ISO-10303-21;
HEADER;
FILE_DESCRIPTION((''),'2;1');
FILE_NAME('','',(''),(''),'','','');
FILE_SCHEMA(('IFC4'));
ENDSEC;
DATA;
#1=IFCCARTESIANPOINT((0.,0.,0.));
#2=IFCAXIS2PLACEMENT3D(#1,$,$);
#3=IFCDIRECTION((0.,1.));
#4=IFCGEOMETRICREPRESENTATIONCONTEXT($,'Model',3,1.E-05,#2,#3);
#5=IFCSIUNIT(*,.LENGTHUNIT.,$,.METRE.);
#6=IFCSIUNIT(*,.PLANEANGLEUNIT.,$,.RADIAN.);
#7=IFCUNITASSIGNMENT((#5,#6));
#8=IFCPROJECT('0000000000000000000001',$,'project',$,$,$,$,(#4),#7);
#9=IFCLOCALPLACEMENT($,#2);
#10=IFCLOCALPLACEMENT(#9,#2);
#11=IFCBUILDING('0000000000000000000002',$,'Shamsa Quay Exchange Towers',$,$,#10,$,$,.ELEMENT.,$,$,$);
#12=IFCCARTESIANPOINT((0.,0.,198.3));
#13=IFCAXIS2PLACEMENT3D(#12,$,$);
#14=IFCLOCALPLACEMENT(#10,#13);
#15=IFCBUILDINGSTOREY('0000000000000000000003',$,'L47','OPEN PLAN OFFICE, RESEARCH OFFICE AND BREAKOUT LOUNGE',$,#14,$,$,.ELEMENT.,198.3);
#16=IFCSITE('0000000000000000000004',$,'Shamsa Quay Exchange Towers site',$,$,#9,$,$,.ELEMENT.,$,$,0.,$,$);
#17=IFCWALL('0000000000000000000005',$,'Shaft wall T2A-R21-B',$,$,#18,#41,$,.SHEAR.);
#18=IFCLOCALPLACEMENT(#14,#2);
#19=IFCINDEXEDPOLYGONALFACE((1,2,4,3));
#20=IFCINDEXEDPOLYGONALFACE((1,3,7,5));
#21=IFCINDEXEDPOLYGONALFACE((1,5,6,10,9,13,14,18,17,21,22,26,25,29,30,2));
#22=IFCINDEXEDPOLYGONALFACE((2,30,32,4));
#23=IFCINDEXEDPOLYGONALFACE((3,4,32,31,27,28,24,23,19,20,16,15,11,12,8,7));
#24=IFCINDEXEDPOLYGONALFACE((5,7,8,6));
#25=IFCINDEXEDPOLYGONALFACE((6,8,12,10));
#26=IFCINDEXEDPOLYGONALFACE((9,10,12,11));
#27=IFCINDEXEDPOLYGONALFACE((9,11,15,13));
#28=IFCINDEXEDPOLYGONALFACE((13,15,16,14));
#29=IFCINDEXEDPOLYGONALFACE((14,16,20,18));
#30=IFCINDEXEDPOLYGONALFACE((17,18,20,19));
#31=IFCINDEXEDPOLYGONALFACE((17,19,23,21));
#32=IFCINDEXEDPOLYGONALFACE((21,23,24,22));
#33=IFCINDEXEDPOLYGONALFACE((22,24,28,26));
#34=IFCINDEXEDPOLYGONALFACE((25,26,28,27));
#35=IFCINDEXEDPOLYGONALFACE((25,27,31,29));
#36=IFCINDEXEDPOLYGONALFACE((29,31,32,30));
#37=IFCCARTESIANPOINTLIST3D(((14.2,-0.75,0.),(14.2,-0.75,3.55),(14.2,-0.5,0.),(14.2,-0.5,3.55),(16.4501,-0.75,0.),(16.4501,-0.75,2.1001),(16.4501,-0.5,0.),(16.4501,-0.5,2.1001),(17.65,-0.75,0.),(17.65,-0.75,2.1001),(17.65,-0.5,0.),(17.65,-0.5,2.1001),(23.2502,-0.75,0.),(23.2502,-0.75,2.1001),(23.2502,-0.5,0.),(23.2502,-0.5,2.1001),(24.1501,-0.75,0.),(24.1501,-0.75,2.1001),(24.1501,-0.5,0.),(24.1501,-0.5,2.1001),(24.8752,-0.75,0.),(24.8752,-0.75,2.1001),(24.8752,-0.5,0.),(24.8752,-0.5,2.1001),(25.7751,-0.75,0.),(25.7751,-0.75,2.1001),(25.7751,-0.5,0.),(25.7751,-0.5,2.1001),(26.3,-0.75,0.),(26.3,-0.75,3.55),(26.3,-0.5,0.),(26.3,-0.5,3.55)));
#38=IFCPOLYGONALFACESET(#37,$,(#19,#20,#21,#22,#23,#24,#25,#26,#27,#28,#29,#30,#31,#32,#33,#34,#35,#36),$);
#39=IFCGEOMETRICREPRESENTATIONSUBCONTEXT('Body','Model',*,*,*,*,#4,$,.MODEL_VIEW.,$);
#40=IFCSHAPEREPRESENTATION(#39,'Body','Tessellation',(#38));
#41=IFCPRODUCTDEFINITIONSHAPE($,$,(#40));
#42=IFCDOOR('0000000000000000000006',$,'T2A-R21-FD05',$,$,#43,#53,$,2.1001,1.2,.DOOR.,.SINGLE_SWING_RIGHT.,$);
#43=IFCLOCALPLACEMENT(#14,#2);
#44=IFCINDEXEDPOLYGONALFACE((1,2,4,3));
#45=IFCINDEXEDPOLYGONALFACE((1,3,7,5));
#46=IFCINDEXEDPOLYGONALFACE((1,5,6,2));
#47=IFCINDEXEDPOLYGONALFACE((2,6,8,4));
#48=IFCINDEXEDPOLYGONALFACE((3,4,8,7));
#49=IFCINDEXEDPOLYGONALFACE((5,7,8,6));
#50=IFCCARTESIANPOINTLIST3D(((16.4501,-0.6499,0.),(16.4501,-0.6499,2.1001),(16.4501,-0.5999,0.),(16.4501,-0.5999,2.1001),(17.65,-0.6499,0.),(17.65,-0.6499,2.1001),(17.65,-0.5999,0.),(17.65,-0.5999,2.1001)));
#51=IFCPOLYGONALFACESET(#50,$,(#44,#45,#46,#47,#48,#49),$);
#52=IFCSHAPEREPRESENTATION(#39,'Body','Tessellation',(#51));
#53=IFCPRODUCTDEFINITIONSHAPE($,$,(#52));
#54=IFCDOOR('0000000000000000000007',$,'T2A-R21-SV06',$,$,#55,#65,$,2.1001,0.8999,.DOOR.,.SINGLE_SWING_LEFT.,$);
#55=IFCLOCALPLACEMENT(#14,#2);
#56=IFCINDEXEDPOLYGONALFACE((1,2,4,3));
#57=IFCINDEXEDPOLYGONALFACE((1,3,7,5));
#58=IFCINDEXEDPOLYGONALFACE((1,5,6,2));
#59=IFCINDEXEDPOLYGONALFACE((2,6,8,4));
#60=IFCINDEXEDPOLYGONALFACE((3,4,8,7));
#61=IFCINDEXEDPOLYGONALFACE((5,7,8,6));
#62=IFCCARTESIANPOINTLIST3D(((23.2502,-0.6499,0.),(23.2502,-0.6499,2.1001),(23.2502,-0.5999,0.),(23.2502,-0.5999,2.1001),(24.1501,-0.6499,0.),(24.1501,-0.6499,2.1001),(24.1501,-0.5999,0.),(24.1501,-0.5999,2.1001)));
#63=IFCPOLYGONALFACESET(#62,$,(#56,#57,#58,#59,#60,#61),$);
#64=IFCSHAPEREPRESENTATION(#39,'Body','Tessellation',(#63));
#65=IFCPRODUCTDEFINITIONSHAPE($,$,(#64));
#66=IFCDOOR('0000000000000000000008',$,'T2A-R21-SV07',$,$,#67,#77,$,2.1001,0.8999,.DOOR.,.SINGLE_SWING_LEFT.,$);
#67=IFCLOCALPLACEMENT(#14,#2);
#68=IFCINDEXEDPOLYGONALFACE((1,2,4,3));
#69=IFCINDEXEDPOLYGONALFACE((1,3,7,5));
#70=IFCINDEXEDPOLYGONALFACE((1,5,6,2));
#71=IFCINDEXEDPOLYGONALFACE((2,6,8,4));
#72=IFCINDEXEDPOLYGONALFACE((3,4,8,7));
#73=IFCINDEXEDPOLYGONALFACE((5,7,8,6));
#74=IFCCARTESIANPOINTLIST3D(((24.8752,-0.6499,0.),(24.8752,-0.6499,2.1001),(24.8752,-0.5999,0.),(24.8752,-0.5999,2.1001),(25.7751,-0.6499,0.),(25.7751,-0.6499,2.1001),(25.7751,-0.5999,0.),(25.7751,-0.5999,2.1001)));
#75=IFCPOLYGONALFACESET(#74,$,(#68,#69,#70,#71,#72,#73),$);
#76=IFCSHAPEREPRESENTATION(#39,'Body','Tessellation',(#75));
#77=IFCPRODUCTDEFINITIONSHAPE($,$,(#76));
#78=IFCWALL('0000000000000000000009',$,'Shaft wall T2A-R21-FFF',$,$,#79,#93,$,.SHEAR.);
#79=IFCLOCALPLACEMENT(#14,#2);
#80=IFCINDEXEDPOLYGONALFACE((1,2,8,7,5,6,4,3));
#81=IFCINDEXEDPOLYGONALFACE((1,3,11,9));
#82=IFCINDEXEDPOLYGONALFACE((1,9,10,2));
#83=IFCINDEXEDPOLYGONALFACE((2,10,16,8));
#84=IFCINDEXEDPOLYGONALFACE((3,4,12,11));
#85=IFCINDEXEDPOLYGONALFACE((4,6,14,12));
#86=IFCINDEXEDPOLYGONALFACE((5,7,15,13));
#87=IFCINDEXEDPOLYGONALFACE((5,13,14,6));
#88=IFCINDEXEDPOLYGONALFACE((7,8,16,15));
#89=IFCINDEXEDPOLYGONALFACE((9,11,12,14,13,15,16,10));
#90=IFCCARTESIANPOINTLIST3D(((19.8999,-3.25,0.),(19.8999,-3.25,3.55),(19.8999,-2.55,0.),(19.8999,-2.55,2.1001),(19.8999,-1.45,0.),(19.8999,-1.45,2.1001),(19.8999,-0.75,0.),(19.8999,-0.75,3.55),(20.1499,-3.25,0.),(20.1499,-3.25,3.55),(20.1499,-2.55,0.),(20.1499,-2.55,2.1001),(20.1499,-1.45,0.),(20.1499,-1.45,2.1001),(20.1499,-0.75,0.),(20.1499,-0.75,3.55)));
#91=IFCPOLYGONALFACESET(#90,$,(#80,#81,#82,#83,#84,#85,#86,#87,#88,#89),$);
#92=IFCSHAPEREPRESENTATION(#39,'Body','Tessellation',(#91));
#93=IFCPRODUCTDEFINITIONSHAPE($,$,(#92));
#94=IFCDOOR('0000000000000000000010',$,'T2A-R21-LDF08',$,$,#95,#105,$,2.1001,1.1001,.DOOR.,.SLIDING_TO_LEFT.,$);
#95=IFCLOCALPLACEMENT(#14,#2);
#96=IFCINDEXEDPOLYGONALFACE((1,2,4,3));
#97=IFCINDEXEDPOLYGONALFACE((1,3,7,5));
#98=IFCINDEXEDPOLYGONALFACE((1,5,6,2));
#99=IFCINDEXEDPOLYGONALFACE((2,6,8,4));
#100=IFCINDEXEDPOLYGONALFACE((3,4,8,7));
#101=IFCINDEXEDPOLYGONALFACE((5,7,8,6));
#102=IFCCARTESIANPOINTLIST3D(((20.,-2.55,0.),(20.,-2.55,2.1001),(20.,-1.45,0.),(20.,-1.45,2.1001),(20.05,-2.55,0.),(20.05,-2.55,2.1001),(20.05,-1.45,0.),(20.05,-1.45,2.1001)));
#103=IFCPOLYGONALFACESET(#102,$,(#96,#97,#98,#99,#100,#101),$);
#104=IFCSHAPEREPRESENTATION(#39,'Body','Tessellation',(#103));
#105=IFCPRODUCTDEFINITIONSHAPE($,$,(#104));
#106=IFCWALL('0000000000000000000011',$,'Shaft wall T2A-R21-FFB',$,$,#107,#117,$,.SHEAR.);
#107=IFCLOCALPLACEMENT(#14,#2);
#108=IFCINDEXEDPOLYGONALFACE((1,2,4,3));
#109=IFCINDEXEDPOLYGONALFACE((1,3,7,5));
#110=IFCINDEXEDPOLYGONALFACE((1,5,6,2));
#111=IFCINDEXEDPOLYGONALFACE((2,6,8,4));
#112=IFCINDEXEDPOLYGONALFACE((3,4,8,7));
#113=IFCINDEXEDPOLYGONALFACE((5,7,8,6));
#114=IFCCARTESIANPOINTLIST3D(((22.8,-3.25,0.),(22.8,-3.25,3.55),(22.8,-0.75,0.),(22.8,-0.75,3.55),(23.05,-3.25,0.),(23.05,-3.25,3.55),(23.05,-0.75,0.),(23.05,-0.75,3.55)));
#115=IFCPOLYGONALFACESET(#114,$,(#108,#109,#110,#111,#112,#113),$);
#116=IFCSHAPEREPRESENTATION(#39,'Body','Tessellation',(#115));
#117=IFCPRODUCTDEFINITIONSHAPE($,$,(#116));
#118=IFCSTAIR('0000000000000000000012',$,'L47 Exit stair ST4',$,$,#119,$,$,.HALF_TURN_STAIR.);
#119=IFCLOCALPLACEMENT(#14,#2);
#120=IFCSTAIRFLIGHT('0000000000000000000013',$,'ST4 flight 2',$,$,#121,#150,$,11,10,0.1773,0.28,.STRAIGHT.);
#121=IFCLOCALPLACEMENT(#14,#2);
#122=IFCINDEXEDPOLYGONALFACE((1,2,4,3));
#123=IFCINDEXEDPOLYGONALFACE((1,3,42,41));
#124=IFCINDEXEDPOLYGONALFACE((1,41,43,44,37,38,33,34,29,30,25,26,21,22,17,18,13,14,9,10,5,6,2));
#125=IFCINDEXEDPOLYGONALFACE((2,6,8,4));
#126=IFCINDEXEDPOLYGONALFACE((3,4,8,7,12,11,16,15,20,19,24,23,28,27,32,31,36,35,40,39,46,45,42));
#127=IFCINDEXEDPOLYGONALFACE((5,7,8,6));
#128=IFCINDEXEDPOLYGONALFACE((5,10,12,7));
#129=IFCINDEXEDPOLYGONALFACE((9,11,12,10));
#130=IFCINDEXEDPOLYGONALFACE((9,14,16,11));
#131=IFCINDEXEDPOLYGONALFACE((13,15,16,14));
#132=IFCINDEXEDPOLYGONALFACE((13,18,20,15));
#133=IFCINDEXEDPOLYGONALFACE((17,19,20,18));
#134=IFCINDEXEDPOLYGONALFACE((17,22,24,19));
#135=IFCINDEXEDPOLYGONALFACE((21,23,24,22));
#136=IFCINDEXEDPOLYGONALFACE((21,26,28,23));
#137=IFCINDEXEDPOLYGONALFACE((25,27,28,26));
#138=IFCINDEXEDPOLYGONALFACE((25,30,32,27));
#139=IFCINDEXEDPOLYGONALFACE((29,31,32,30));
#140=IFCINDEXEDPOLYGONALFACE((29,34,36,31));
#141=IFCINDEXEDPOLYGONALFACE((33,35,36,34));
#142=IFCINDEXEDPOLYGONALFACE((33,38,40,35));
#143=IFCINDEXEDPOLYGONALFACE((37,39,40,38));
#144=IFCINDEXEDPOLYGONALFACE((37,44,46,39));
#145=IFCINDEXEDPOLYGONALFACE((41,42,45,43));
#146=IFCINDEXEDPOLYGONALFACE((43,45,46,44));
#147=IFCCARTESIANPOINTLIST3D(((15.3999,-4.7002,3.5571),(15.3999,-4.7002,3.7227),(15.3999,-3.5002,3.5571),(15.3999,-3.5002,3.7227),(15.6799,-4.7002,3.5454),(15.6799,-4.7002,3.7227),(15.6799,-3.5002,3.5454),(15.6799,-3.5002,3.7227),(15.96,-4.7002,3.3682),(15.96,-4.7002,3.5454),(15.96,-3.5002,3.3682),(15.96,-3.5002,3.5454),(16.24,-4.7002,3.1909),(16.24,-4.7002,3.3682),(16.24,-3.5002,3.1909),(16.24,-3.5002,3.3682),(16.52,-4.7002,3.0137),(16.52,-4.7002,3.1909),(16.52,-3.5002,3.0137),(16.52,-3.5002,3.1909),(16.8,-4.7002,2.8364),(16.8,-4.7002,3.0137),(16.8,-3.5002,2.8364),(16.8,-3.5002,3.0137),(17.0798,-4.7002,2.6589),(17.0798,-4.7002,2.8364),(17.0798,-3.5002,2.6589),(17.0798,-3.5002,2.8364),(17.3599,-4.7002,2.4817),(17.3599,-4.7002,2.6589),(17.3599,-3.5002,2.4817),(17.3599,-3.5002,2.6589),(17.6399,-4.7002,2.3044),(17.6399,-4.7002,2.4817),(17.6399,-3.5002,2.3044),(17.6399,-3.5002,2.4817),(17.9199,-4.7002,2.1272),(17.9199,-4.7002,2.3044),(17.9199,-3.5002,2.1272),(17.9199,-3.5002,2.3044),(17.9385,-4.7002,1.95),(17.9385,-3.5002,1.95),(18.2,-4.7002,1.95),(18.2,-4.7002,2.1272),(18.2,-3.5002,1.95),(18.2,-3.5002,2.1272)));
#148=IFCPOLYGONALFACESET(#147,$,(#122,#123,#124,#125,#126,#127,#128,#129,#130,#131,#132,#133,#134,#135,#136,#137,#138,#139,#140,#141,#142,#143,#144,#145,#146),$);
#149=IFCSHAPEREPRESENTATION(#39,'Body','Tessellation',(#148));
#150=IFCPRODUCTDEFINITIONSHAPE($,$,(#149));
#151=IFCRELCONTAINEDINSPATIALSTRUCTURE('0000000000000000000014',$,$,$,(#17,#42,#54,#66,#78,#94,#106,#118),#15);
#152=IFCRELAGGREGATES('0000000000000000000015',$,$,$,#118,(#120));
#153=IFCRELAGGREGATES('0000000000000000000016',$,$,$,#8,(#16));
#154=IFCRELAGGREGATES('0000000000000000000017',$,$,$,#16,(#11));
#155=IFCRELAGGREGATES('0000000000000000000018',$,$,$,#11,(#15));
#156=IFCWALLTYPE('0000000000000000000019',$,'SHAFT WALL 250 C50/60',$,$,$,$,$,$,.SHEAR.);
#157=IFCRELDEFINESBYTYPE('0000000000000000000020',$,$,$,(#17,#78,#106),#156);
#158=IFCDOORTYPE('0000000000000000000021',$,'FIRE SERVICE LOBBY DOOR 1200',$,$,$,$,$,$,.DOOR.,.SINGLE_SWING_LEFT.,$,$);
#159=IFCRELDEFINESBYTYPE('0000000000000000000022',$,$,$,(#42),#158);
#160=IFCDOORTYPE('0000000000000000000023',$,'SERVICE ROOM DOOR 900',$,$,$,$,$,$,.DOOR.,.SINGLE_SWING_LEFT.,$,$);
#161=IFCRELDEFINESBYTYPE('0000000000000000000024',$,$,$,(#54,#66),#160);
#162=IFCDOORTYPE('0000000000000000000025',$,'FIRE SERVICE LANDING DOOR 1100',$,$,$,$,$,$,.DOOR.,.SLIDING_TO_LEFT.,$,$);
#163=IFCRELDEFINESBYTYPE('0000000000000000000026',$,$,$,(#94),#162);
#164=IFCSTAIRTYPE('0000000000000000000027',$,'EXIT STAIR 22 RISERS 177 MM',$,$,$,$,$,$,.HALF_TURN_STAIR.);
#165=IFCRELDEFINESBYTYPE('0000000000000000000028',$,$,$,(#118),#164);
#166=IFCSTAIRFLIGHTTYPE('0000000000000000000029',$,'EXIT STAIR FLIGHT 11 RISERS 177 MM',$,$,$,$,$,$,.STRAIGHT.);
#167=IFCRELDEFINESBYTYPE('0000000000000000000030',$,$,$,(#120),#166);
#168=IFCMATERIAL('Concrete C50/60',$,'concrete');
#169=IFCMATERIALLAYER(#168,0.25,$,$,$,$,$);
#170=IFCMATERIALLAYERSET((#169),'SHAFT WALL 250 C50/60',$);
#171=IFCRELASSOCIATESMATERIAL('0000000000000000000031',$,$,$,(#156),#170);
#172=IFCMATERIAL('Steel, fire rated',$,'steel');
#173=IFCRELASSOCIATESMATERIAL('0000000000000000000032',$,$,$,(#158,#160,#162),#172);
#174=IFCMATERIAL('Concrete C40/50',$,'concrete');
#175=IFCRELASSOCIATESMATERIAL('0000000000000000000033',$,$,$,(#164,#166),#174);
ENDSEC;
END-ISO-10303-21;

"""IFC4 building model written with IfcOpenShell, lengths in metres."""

from ifc_helpers import new_model, si_unit, direction, frame, frame_2d, origin, place, context, subcontext, project, spatial, polyline, rectangle, outline, extrude, material, layer, layer_set, type_object, element, fill, aggregate, save


model = new_model("IFC4")

# Units and contexts
model_context = context("Model", 3, precision=1e-05, world=origin(), true_north=direction((0.0, 1.0)))
body_context = subcontext(model_context, "Body", "Model", "MODEL_VIEW")
ifc_project = project(units=[si_unit("LENGTHUNIT", "METRE"), si_unit("PLANEANGLEUNIT", "RADIAN")], contexts=[model_context])

# Site, building, storey
site_placement = place(None, origin())
site = spatial("IfcSite", under=ifc_project, at=site_placement, Name="Shamsa Quay Exchange Towers site", CompositionType="ELEMENT", RefElevation=0.0)
building_placement = place(site_placement, origin())
building = spatial("IfcBuilding", under=site, at=building_placement, Name="Shamsa Quay Exchange Towers", CompositionType="ELEMENT")
storey_placement = place(building_placement, frame((0.0, 0.0, 198.3)))
storey = spatial("IfcBuildingStorey", under=building, at=storey_placement, Name="L47", Description="OPEN PLAN OFFICE, RESEARCH OFFICE AND BREAKOUT LOUNGE", CompositionType="ELEMENT", Elevation=198.3)

# Shared definitions
ifc_material_1 = material(Name="Concrete C50/60", Category="concrete")
ifc_layer_1 = layer(ifc_material_1, 0.25)
ifc_layer_set_1 = layer_set([ifc_layer_1], Name="SHAFT WALL 250 C50/60")
wall_type_1 = type_object("IfcWallType", Name="SHAFT WALL 250 C50/60", PredefinedType="SHEAR", material=ifc_layer_set_1)
ifc_material_2 = material(Name="Steel, fire rated", Category="steel")

# Wall, openings, doors
wall_1_placement = place(storey_placement, frame((26.3, -0.625, 0.0), z_axis=(0.0, 0.0, 1.0), x_axis=(-1.0, 0.0, 0.0)))
wall_1 = element("IfcWall", 1, at=wall_1_placement, inside=storey, type_object=wall_type_1, Name="Shaft wall T2A-R21-B", PredefinedType="SHEAR", context=body_context, shape_type="SweptSolid", body=[
    extrude(rectangle(XDim=12.1001, YDim=0.25, at=frame_2d((6.05, 0.0))), origin(), (0.0, 0.0, 1.0), 3.55),
])
opening_1_placement = place(wall_1_placement, frame((8.6499, 0.0, 0.0)))
opening_1 = element("IfcOpeningElement", 2, at=opening_1_placement, cuts=wall_1, PredefinedType="OPENING", context=body_context, shape_type="SweptSolid", body=[
    extrude(rectangle(XDim=1.2, YDim=2.1001, at=frame_2d((0.6001, 1.05))), frame((0.0, 0.135, 0.0), z_axis=(0.0, -1.0, 0.0), x_axis=(1.0, 0.0, 0.0)), (0.0, 0.0, 1.0), 0.27),
])
opening_2_placement = place(wall_1_placement, frame((2.1499, 0.0, 0.0)))
opening_2 = element("IfcOpeningElement", 3, at=opening_2_placement, cuts=wall_1, PredefinedType="OPENING", context=body_context, shape_type="SweptSolid", body=[
    extrude(rectangle(XDim=0.8999, YDim=2.1001, at=frame_2d((0.45, 1.05))), frame((0.0, 0.135, 0.0), z_axis=(0.0, -1.0, 0.0), x_axis=(1.0, 0.0, 0.0)), (0.0, 0.0, 1.0), 0.27),
])
opening_3_placement = place(wall_1_placement, frame((0.5249, 0.0, 0.0)))
opening_3 = element("IfcOpeningElement", 4, at=opening_3_placement, cuts=wall_1, PredefinedType="OPENING", context=body_context, shape_type="SweptSolid", body=[
    extrude(rectangle(XDim=0.8999, YDim=2.1001, at=frame_2d((0.45, 1.05))), frame((0.0, 0.135, 0.0), z_axis=(0.0, -1.0, 0.0), x_axis=(1.0, 0.0, 0.0)), (0.0, 0.0, 1.0), 0.27),
])
door_type_1 = type_object("IfcDoorType", Name="FIRE SERVICE LOBBY DOOR 1200", OperationType="SINGLE_SWING_LEFT", PredefinedType="DOOR", material=ifc_material_2)
door_1_placement = place(opening_1_placement, origin())
door_1 = element("IfcDoor", 5, at=door_1_placement, inside=storey, type_object=door_type_1, Name="T2A-R21-FD05", OperationType="SINGLE_SWING_RIGHT", OverallHeight=2.1001, OverallWidth=1.2, PredefinedType="DOOR", context=body_context, shape_type="SweptSolid", body=[
    extrude(rectangle(XDim=1.2, YDim=2.1001, at=frame_2d((0.6001, 1.05))), frame((0.0, 0.0249, 0.0), z_axis=(0.0, -1.0, 0.0), x_axis=(1.0, 0.0, 0.0)), (0.0, 0.0, 1.0), 0.05),
])
fill(opening_1, door_1)
door_type_2 = type_object("IfcDoorType", Name="SERVICE ROOM DOOR 900", OperationType="SINGLE_SWING_LEFT", PredefinedType="DOOR", material=ifc_material_2)
door_2_placement = place(opening_2_placement, origin())
door_2 = element("IfcDoor", 6, at=door_2_placement, inside=storey, type_object=door_type_2, Name="T2A-R21-SV06", OperationType="SINGLE_SWING_LEFT", OverallHeight=2.1001, OverallWidth=0.8999, PredefinedType="DOOR", context=body_context, shape_type="SweptSolid", body=[
    extrude(rectangle(XDim=0.8999, YDim=2.1001, at=frame_2d((0.45, 1.05))), frame((0.0, 0.0249, 0.0), z_axis=(0.0, -1.0, 0.0), x_axis=(1.0, 0.0, 0.0)), (0.0, 0.0, 1.0), 0.05),
])
fill(opening_2, door_2)
door_3_placement = place(opening_3_placement, origin())
door_3 = element("IfcDoor", 7, at=door_3_placement, inside=storey, type_object=door_type_2, Name="T2A-R21-SV07", OperationType="SINGLE_SWING_LEFT", OverallHeight=2.1001, OverallWidth=0.8999, PredefinedType="DOOR", context=body_context, shape_type="SweptSolid", body=[
    extrude(rectangle(XDim=0.8999, YDim=2.1001, at=frame_2d((0.45, 1.05))), frame((0.0, 0.0249, 0.0), z_axis=(0.0, -1.0, 0.0), x_axis=(1.0, 0.0, 0.0)), (0.0, 0.0, 1.0), 0.05),
])
fill(opening_3, door_3)

# Wall, opening, door
wall_2_placement = place(storey_placement, frame((20.0249, -3.25, 0.0), z_axis=(0.0, 0.0, 1.0), x_axis=(0.0, 1.0, 0.0)))
wall_2 = element("IfcWall", 8, at=wall_2_placement, inside=storey, type_object=wall_type_1, Name="Shaft wall T2A-R21-FFF", PredefinedType="SHEAR", context=body_context, shape_type="SweptSolid", body=[
    extrude(rectangle(XDim=2.5, YDim=0.25, at=frame_2d((1.25, 0.0))), origin(), (0.0, 0.0, 1.0), 3.55),
])
opening_4_placement = place(wall_2_placement, frame((0.7, 0.0, 0.0)))
opening_4 = element("IfcOpeningElement", 9, at=opening_4_placement, cuts=wall_2, PredefinedType="OPENING", context=body_context, shape_type="SweptSolid", body=[
    extrude(rectangle(XDim=1.1001, YDim=2.1001, at=frame_2d((0.55, 1.05))), frame((0.0, 0.135, 0.0), z_axis=(0.0, -1.0, 0.0), x_axis=(1.0, 0.0, 0.0)), (0.0, 0.0, 1.0), 0.27),
])
door_type_3 = type_object("IfcDoorType", Name="FIRE SERVICE LANDING DOOR 1100", OperationType="SLIDING_TO_LEFT", PredefinedType="DOOR", material=ifc_material_2)
door_4_placement = place(opening_4_placement, origin())
door_4 = element("IfcDoor", 10, at=door_4_placement, inside=storey, type_object=door_type_3, Name="T2A-R21-LDF08", OperationType="SLIDING_TO_LEFT", OverallHeight=2.1001, OverallWidth=1.1001, PredefinedType="DOOR", context=body_context, shape_type="SweptSolid", body=[
    extrude(rectangle(XDim=1.1001, YDim=2.1001, at=frame_2d((0.55, 1.05))), frame((0.0, 0.0249, 0.0), z_axis=(0.0, -1.0, 0.0), x_axis=(1.0, 0.0, 0.0)), (0.0, 0.0, 1.0), 0.05),
])
fill(opening_4, door_4)

# Wall
wall_3_placement = place(storey_placement, frame((22.925, -3.25, 0.0), z_axis=(0.0, 0.0, 1.0), x_axis=(0.0, 1.0, 0.0)))
element("IfcWall", 11, at=wall_3_placement, inside=storey, type_object=wall_type_1, Name="Shaft wall T2A-R21-FFB", PredefinedType="SHEAR", context=body_context, shape_type="SweptSolid", body=[
    extrude(rectangle(XDim=2.5, YDim=0.25, at=frame_2d((1.25, 0.0))), origin(), (0.0, 0.0, 1.0), 3.55),
])

# Stair, stair flight
ifc_material_3 = material(Name="Concrete C40/50", Category="concrete")
stair_type = type_object("IfcStairType", Name="EXIT STAIR 22 RISERS 177 MM", PredefinedType="HALF_TURN_STAIR", material=ifc_material_3)
stair_placement = place(storey_placement, origin())
stair = element("IfcStair", 12, at=stair_placement, inside=storey, type_object=stair_type, Name="L47 Exit stair ST4", PredefinedType="HALF_TURN_STAIR")
stair_flight_type = type_object("IfcStairFlightType", Name="EXIT STAIR FLIGHT 11 RISERS 177 MM", PredefinedType="STRAIGHT", material=ifc_material_3)
stair_flight_placement = place(storey_placement, frame((18.2, -4.1001, 1.95), z_axis=(0.0, 0.0, 1.0), x_axis=(-1.0, 0.0, 0.0)))
stair_flight = element("IfcStairFlight", 13, at=stair_flight_placement, type_object=stair_flight_type, Name="ST4 flight 2", NumberOfRisers=11, NumberOfTreads=10, PredefinedType="STRAIGHT", RiserHeight=0.1773, TreadLength=0.28, context=body_context, shape_type="SweptSolid", body=[
    extrude(outline(polyline([(0.0, 0.0), (0.0, 0.1772), (0.28, 0.1772), (0.28, 0.3545), (0.5601, 0.3545), (0.5601, 0.5317), (0.8401, 0.5317), (0.8401, 0.709), (1.1201, 0.709), (1.1201, 0.8865), (1.3999, 0.8865), (1.3999, 1.0637), (1.6799, 1.0637), (1.6799, 1.241), (1.96, 1.241), (1.96, 1.4182), (2.24, 1.4182), (2.24, 1.5955), (2.52, 1.5955), (2.52, 1.7727), (2.8, 1.7727), (2.8, 1.95), (2.8, 1.6072), (0.2615, 0.0), (0.0, 0.0)])), frame((0.0, 0.6001, 0.0), z_axis=(0.0, -1.0, 0.0), x_axis=(1.0, 0.0, 0.0)), (0.0, 0.0, 1.0), 1.2),
])
aggregate(stair, [stair_flight])

save(model, "model.ifc")
